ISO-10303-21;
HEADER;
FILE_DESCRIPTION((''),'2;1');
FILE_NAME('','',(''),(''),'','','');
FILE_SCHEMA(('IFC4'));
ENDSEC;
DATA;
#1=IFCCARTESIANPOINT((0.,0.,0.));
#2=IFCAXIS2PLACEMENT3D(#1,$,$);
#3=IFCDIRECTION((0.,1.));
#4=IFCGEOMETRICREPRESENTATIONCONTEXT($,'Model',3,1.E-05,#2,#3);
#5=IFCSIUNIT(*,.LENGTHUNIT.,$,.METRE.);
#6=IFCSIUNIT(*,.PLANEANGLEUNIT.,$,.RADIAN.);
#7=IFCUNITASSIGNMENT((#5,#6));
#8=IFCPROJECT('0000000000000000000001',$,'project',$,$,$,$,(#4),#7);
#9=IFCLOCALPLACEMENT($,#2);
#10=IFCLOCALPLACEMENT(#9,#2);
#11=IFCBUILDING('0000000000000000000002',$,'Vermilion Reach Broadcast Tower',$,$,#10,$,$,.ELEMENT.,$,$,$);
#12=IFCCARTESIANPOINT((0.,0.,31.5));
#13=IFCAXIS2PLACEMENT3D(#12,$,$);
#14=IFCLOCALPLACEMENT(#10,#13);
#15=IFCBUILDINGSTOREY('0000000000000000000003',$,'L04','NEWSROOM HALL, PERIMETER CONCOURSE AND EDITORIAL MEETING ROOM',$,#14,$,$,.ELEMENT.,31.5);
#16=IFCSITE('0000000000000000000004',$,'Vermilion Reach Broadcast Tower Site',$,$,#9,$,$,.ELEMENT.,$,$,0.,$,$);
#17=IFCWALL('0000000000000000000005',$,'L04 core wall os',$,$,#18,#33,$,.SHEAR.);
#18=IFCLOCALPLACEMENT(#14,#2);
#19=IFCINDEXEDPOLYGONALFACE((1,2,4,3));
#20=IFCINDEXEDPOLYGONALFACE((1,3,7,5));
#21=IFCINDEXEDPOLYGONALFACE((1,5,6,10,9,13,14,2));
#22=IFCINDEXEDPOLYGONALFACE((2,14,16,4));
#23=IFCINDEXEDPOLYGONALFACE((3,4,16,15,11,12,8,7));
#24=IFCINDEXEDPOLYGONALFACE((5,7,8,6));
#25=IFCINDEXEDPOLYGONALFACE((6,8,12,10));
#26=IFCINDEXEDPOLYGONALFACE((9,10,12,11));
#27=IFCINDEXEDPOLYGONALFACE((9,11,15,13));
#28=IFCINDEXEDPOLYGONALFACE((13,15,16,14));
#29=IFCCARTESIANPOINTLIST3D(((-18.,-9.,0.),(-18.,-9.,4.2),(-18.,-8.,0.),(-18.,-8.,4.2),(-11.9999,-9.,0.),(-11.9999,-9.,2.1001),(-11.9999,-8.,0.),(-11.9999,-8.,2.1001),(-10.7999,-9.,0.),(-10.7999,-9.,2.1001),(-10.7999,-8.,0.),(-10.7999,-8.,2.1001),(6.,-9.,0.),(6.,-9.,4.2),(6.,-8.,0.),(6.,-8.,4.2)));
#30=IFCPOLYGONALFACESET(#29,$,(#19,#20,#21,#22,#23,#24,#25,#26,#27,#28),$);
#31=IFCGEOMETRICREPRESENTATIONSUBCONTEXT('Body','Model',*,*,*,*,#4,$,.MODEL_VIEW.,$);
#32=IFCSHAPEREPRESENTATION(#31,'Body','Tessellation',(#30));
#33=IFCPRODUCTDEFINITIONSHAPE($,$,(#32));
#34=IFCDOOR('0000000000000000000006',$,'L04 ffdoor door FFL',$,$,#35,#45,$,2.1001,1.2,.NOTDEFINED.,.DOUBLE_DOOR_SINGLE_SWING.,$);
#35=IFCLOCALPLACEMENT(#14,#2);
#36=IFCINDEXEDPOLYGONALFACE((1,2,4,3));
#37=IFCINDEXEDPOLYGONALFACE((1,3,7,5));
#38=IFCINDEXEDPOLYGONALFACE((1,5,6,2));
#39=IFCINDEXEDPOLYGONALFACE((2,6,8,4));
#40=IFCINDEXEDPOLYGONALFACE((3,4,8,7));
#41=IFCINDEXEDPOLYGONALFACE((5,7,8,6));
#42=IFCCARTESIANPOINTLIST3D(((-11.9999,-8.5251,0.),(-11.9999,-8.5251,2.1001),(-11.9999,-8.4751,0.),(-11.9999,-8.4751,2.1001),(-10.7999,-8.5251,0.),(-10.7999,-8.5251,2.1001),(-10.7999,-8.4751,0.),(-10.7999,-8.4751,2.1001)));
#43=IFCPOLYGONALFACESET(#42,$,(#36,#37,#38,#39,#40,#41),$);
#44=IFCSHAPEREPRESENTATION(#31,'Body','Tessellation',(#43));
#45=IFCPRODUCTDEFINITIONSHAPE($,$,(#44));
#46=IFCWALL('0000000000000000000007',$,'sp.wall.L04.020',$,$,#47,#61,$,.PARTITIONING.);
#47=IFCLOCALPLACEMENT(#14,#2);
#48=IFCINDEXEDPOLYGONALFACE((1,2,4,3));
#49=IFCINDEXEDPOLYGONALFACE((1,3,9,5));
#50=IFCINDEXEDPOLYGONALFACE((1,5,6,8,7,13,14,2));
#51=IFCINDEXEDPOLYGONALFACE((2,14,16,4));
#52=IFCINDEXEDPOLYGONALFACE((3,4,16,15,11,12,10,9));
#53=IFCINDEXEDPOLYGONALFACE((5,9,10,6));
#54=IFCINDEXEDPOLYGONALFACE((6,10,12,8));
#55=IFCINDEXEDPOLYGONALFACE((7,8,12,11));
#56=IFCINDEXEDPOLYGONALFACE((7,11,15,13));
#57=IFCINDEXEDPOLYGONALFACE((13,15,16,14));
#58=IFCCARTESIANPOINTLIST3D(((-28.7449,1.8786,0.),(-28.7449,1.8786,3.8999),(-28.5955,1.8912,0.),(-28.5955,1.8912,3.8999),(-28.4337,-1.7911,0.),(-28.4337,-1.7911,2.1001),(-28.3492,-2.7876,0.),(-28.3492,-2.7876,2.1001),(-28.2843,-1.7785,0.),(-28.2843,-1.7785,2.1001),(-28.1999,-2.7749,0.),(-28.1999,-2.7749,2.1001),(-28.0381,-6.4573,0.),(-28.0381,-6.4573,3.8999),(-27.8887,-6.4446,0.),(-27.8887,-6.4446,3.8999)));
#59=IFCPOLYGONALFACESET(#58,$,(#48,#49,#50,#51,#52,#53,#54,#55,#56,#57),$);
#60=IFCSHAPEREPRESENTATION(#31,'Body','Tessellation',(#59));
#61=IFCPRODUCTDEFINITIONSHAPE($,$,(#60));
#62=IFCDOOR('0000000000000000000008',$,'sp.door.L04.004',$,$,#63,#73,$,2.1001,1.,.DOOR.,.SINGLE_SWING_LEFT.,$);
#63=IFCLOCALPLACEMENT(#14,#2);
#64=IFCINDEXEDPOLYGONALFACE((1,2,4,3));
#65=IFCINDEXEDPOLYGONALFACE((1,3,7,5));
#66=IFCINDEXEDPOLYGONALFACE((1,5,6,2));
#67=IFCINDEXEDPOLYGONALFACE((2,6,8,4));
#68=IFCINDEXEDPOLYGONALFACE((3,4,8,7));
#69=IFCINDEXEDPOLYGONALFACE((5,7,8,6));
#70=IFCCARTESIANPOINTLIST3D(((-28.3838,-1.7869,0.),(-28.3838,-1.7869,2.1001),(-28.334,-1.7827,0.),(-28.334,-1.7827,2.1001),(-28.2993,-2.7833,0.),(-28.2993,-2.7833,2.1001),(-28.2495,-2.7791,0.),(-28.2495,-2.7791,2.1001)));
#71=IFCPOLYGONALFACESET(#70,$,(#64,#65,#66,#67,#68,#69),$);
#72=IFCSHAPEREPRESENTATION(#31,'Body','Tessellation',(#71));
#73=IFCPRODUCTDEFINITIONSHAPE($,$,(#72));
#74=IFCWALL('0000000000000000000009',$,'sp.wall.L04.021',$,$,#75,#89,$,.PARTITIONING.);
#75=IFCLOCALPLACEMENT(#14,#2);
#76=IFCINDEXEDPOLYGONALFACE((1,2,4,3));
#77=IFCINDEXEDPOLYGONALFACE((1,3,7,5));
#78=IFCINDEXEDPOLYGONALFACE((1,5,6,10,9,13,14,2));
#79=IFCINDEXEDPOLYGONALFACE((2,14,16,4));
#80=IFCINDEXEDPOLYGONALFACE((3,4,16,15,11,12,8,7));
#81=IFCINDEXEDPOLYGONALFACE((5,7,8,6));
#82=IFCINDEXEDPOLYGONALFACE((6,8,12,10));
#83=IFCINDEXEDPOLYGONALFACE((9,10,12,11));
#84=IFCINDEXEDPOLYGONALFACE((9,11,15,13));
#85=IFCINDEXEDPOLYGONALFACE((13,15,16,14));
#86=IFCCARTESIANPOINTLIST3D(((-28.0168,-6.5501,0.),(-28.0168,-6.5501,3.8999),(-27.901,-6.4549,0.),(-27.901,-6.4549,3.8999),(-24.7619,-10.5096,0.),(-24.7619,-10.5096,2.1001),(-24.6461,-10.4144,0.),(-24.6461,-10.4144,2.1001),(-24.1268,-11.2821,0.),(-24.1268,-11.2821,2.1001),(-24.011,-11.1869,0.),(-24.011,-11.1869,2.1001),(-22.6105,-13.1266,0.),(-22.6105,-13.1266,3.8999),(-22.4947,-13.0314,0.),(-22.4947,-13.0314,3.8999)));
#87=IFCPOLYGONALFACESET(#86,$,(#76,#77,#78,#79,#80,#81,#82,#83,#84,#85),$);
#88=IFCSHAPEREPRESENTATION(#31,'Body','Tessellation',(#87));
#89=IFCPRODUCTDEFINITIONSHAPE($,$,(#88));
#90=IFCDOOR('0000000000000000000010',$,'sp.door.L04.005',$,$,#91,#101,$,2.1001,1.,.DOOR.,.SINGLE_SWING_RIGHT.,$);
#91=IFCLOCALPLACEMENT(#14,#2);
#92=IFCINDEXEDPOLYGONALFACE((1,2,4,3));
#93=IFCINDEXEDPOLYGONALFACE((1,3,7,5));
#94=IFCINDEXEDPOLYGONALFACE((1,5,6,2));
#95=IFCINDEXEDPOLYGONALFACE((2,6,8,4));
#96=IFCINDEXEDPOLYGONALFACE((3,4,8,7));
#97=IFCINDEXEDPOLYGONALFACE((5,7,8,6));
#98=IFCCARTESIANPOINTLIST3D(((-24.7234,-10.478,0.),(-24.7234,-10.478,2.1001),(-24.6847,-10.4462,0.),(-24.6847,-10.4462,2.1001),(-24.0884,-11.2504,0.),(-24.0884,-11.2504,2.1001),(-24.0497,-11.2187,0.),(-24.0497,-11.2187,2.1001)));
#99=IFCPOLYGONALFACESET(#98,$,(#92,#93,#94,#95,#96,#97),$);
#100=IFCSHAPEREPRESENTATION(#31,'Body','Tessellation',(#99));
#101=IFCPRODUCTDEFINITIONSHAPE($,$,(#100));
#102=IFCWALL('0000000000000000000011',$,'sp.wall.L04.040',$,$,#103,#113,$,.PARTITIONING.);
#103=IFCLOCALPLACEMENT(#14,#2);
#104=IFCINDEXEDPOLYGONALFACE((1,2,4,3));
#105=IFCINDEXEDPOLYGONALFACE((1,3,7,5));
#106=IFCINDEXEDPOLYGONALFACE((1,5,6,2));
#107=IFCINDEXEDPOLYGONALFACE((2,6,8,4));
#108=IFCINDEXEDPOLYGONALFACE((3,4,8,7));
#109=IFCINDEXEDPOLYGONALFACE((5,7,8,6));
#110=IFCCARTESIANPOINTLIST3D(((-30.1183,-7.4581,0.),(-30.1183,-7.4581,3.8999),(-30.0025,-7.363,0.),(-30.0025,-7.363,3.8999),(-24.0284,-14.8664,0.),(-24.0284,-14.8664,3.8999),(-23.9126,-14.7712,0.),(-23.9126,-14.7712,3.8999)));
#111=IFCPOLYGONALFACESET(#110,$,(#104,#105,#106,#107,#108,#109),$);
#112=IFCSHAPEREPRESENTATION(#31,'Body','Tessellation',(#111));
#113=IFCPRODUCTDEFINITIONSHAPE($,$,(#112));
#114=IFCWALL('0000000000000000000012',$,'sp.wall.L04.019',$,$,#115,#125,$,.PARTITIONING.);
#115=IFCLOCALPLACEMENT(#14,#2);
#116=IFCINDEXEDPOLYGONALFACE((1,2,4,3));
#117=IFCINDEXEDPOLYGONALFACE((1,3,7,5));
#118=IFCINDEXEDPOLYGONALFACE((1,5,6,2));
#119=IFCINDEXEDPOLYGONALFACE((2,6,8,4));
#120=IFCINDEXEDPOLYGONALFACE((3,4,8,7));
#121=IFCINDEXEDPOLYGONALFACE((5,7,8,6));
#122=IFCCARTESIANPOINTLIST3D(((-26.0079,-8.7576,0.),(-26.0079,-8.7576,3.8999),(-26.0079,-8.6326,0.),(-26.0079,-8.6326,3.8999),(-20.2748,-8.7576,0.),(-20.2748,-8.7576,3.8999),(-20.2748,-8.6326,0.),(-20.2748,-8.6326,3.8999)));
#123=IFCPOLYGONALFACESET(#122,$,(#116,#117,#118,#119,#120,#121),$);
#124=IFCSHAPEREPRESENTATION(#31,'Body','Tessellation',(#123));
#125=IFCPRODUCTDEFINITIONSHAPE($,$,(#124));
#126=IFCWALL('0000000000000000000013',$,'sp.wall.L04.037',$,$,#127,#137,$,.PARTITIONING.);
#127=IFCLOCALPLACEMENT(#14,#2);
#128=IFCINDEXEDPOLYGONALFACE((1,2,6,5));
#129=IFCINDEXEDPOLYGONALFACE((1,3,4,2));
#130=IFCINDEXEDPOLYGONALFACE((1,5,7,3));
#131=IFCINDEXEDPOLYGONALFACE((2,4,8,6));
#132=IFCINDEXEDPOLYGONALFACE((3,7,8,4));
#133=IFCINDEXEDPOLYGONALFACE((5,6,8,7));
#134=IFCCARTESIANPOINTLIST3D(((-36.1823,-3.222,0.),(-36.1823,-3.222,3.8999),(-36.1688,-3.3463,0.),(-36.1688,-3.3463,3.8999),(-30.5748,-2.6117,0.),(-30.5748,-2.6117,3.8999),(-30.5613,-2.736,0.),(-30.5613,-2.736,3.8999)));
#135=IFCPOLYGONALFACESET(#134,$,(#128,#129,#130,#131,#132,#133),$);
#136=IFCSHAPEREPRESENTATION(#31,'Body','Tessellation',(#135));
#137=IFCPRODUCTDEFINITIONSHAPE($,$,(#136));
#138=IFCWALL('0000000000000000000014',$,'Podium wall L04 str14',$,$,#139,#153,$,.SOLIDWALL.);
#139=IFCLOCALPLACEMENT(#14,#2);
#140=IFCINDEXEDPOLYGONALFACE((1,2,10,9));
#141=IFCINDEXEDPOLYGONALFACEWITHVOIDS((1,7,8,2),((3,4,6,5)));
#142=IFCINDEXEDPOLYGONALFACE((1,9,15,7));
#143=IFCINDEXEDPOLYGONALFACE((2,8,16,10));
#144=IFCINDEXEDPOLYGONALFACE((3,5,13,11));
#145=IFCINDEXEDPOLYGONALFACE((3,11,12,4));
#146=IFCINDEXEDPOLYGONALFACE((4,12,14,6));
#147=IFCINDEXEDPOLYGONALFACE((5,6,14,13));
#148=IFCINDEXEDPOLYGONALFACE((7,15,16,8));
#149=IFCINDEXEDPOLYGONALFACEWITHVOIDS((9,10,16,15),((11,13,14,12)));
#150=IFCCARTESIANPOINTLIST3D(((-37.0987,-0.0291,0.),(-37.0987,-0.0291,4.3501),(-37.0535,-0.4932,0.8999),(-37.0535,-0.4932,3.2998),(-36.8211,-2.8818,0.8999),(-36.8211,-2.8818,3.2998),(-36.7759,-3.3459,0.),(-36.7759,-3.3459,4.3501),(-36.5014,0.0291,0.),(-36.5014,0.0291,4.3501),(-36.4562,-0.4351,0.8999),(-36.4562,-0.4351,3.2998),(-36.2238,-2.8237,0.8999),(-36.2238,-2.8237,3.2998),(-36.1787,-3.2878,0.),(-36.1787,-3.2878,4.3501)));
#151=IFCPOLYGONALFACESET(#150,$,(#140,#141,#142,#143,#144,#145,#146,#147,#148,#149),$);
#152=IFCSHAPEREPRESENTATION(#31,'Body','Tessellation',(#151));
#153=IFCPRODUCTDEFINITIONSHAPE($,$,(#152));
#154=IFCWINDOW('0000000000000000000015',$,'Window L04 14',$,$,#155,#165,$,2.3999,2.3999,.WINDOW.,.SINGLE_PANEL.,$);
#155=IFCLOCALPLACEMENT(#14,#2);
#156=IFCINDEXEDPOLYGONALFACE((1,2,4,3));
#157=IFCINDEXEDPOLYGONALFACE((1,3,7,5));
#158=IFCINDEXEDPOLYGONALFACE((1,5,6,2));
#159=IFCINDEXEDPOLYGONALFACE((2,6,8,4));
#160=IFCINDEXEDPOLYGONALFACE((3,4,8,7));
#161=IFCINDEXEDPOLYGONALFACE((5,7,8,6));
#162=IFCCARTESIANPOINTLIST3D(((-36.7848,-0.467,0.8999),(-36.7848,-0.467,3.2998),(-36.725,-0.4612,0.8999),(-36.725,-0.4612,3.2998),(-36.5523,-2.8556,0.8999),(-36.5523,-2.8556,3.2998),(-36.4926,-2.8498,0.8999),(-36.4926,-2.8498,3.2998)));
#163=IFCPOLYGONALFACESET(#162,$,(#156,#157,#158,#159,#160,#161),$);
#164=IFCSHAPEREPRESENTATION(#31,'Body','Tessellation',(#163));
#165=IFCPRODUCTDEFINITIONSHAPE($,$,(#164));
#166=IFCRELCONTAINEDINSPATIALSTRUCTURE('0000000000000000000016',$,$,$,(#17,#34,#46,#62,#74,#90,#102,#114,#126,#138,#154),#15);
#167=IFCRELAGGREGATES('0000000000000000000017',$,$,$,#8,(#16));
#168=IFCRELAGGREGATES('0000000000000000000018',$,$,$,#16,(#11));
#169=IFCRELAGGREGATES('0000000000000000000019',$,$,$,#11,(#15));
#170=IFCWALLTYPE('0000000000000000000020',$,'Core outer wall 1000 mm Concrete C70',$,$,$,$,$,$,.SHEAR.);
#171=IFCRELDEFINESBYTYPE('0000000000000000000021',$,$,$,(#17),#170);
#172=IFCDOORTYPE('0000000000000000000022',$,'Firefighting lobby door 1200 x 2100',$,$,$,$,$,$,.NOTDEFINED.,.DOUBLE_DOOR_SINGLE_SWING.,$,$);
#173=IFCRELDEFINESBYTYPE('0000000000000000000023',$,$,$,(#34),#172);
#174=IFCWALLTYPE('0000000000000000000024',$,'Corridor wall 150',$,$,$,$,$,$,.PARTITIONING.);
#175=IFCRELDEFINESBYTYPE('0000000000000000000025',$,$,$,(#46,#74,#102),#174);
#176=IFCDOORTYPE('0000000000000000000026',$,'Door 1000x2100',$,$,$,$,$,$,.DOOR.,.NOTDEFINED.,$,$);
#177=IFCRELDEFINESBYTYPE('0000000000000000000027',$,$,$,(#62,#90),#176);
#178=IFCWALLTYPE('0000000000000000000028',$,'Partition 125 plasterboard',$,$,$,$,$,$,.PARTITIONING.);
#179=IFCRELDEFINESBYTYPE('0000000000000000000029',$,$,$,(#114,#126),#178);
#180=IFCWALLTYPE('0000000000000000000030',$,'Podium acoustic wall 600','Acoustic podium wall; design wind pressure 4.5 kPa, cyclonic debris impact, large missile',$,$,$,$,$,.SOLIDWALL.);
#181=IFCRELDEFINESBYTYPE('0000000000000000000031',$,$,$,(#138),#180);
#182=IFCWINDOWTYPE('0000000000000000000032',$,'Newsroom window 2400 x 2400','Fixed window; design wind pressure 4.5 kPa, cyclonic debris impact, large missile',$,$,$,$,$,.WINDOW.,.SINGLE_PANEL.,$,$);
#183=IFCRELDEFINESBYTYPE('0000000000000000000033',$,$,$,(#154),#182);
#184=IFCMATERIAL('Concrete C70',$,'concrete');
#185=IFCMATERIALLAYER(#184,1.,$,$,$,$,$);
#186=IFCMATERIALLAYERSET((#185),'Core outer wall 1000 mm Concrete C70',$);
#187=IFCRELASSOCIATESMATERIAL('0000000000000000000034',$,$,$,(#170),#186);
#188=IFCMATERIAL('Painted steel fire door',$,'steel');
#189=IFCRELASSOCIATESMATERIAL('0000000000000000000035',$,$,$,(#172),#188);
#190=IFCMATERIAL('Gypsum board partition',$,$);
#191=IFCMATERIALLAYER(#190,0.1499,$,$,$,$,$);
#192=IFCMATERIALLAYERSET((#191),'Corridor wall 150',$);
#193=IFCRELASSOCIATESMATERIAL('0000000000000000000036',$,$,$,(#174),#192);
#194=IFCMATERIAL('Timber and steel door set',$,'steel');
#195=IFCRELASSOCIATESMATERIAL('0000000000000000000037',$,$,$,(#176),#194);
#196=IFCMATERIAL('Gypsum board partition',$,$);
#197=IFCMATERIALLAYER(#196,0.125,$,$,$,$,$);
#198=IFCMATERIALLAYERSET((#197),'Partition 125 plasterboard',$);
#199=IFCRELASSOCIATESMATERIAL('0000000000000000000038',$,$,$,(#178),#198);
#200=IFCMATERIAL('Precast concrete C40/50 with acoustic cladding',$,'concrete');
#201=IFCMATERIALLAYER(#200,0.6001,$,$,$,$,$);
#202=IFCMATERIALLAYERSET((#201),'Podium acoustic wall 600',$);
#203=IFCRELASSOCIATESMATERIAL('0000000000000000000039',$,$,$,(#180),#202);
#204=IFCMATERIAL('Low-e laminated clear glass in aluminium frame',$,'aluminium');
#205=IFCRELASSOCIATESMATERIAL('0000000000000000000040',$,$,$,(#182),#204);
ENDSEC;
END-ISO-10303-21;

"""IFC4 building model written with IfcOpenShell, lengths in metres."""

from ifc_helpers import new_model, si_unit, direction, frame, frame_2d, origin, place, context, subcontext, project, spatial, rectangle, extrude, material, layer, layer_set, type_object, element, fill, save


model = new_model("IFC4")

# Units and contexts
model_context = context("Model", 3, precision=1e-05, world=origin(), true_north=direction((0.0, 1.0)))
body_context = subcontext(model_context, "Body", "Model", "MODEL_VIEW")
ifc_project = project(units=[si_unit("LENGTHUNIT", "METRE"), si_unit("PLANEANGLEUNIT", "RADIAN")], contexts=[model_context])

# Site, building, storey
site_placement = place(None, origin())
site = spatial("IfcSite", under=ifc_project, at=site_placement, Name="Vermilion Reach Broadcast Tower Site", CompositionType="ELEMENT", RefElevation=0.0)
building_placement = place(site_placement, origin())
building = spatial("IfcBuilding", under=site, at=building_placement, Name="Vermilion Reach Broadcast Tower", CompositionType="ELEMENT")
storey_placement = place(building_placement, frame((0.0, 0.0, 31.5)))
storey = spatial("IfcBuildingStorey", under=building, at=storey_placement, Name="L04", Description="NEWSROOM HALL, PERIMETER CONCOURSE AND EDITORIAL MEETING ROOM", CompositionType="ELEMENT", Elevation=31.5)

# Walls, openings, doors
ifc_material_1 = material(Name="Concrete C70", Category="concrete")
ifc_layer_1 = layer(ifc_material_1, 1.0)
ifc_layer_set_1 = layer_set([ifc_layer_1], Name="Core outer wall 1000 mm Concrete C70")
wall_type_1 = type_object("IfcWallType", Name="Core outer wall 1000 mm Concrete C70", PredefinedType="SHEAR", material=ifc_layer_set_1)
wall_1_placement = place(storey_placement, frame((-18.0, -8.5, 0.0), z_axis=(0.0, 0.0, 1.0), x_axis=(1.0, 0.0, 0.0)))
wall_1 = element("IfcWall", 1, at=wall_1_placement, inside=storey, type_object=wall_type_1, Name="L04 core wall os", PredefinedType="SHEAR", context=body_context, shape_type="SweptSolid", body=[
    extrude(rectangle(XDim=24.0, YDim=1.0, at=frame_2d((12.0, 0.0))), origin(), (0.0, 0.0, 1.0), 4.2),
])
opening_1_placement = place(wall_1_placement, frame((6.0, 0.0, 0.0)))
opening_1 = element("IfcOpeningElement", 2, at=opening_1_placement, cuts=wall_1, PredefinedType="OPENING", context=body_context, shape_type="SweptSolid", body=[
    extrude(rectangle(XDim=1.2, YDim=2.1001, at=frame_2d((0.6001, 1.05))), frame((0.0, 0.51, 0.0), z_axis=(0.0, -1.0, 0.0), x_axis=(1.0, 0.0, 0.0)), (0.0, 0.0, 1.0), 1.02),
])
ifc_material_2 = material(Name="Painted steel fire door", Category="steel")
door_type_1 = type_object("IfcDoorType", Name="Firefighting lobby door 1200 x 2100", OperationType="DOUBLE_DOOR_SINGLE_SWING", PredefinedType="NOTDEFINED", material=ifc_material_2)
door_1_placement = place(opening_1_placement, origin())
door_1 = element("IfcDoor", 3, at=door_1_placement, inside=storey, type_object=door_type_1, Name="L04 ffdoor door FFL", OperationType="DOUBLE_DOOR_SINGLE_SWING", OverallHeight=2.1001, OverallWidth=1.2, PredefinedType="NOTDEFINED", context=body_context, shape_type="SweptSolid", body=[
    extrude(rectangle(XDim=1.2, YDim=2.1001, at=frame_2d((0.6001, 1.05))), frame((0.0, 0.0249, 0.0), z_axis=(0.0, -1.0, 0.0), x_axis=(1.0, 0.0, 0.0)), (0.0, 0.0, 1.0), 0.05),
])
fill(opening_1, door_1)
ifc_material_3 = material(Name="Gypsum board partition")
ifc_layer_2 = layer(ifc_material_3, 0.1499)
ifc_layer_set_2 = layer_set([ifc_layer_2], Name="Corridor wall 150")
wall_type_2 = type_object("IfcWallType", Name="Corridor wall 150", PredefinedType="PARTITIONING", material=ifc_layer_set_2)
wall_2_placement = place(storey_placement, frame((-27.9634, -6.4509, 0.0), z_axis=(0.0, 0.0, 1.0), x_axis=(-0.084487, 0.996425, 0.0)))
wall_2 = element("IfcWall", 4, at=wall_2_placement, inside=storey, type_object=wall_type_2, Name="sp.wall.L04.020", PredefinedType="PARTITIONING", context=body_context, shape_type="SweptSolid", body=[
    extrude(rectangle(XDim=8.3657, YDim=0.1499, at=frame_2d((4.1829, 0.0))), origin(), (0.0, 0.0, 1.0), 3.8999),
])
opening_2_placement = place(wall_2_placement, frame((3.6829, 0.0, 0.0)))
opening_2 = element("IfcOpeningElement", 5, at=opening_2_placement, cuts=wall_2, PredefinedType="OPENING", context=body_context, shape_type="SweptSolid", body=[
    extrude(rectangle(XDim=1.0, YDim=2.1001, at=frame_2d((0.5, 1.05))), frame((0.0, 0.085, 0.0), z_axis=(0.0, -1.0, 0.0), x_axis=(1.0, 0.0, 0.0)), (0.0, 0.0, 1.0), 0.1699),
])
ifc_material_4 = material(Name="Timber and steel door set", Category="steel")
door_type_2 = type_object("IfcDoorType", Name="Door 1000x2100", OperationType="NOTDEFINED", PredefinedType="DOOR", material=ifc_material_4)
door_2_placement = place(opening_2_placement, origin())
door_2 = element("IfcDoor", 6, at=door_2_placement, inside=storey, type_object=door_type_2, Name="sp.door.L04.004", OperationType="SINGLE_SWING_LEFT", OverallHeight=2.1001, OverallWidth=1.0, PredefinedType="DOOR", context=body_context, shape_type="SweptSolid", body=[
    extrude(rectangle(XDim=1.0, YDim=2.1001, at=frame_2d((0.5, 1.05))), frame((0.0, 0.0249, 0.0), z_axis=(0.0, -1.0, 0.0), x_axis=(1.0, 0.0, 0.0)), (0.0, 0.0, 1.0), 0.05),
])
fill(opening_2, door_2)
wall_3_placement = place(storey_placement, frame((-27.959, -6.5024, 0.0), z_axis=(0.0, 0.0, 1.0), x_axis=(0.635034, -0.772485, 0.0)))
wall_3 = element("IfcWall", 7, at=wall_3_placement, inside=storey, type_object=wall_type_2, Name="sp.wall.L04.021", PredefinedType="PARTITIONING", context=body_context, shape_type="SweptSolid", body=[
    extrude(rectangle(XDim=8.5134, YDim=0.1499, at=frame_2d((4.2568, 0.0))), origin(), (0.0, 0.0, 1.0), 3.8999),
])
opening_3_placement = place(wall_3_placement, frame((5.1257, 0.0, 0.0)))
opening_3 = element("IfcOpeningElement", 8, at=opening_3_placement, cuts=wall_3, PredefinedType="OPENING", context=body_context, shape_type="SweptSolid", body=[
    extrude(rectangle(XDim=1.0, YDim=2.1001, at=frame_2d((0.5, 1.05))), frame((0.0, 0.085, 0.0), z_axis=(0.0, -1.0, 0.0), x_axis=(1.0, 0.0, 0.0)), (0.0, 0.0, 1.0), 0.1699),
])
door_3_placement = place(opening_3_placement, origin())
door_3 = element("IfcDoor", 9, at=door_3_placement, inside=storey, type_object=door_type_2, Name="sp.door.L04.005", OperationType="SINGLE_SWING_RIGHT", OverallHeight=2.1001, OverallWidth=1.0, PredefinedType="DOOR", context=body_context, shape_type="SweptSolid", body=[
    extrude(rectangle(XDim=1.0, YDim=2.1001, at=frame_2d((0.5, 1.05))), frame((0.0, 0.0249, 0.0), z_axis=(0.0, -1.0, 0.0), x_axis=(1.0, 0.0, 0.0)), (0.0, 0.0, 1.0), 0.05),
])
fill(opening_3, door_3)

# Walls
wall_4_placement = place(storey_placement, frame((-30.0603, -7.4106, 0.0), z_axis=(0.0, 0.0, 1.0), x_axis=(0.635022, -0.772494, 0.0)))
element("IfcWall", 10, at=wall_4_placement, inside=storey, type_object=wall_type_2, Name="sp.wall.L04.040", PredefinedType="PARTITIONING", context=body_context, shape_type="SweptSolid", body=[
    extrude(rectangle(XDim=9.5901, YDim=0.1499, at=frame_2d((4.7949, 0.0))), origin(), (0.0, 0.0, 1.0), 3.8999),
])
ifc_material_5 = material(Name="Gypsum board partition")
ifc_layer_3 = layer(ifc_material_5, 0.125)
ifc_layer_set_3 = layer_set([ifc_layer_3], Name="Partition 125 plasterboard")
wall_type_3 = type_object("IfcWallType", Name="Partition 125 plasterboard", PredefinedType="PARTITIONING", material=ifc_layer_set_3)
wall_5_placement = place(storey_placement, frame((-26.0081, -8.6951, 0.0), z_axis=(0.0, 0.0, 1.0), x_axis=(1.0, 0.0, 0.0)))
element("IfcWall", 11, at=wall_5_placement, inside=storey, type_object=wall_type_3, Name="sp.wall.L04.019", PredefinedType="PARTITIONING", context=body_context, shape_type="SweptSolid", body=[
    extrude(rectangle(XDim=5.7332, YDim=0.125, at=frame_2d((2.8667, 0.0))), origin(), (0.0, 0.0, 1.0), 3.8999),
])
wall_6_placement = place(storey_placement, frame((-36.1755, -3.2842, 0.0), z_axis=(0.0, 0.0, 1.0), x_axis=(0.994128, 0.108208, 0.0)))
element("IfcWall", 12, at=wall_6_placement, inside=storey, type_object=wall_type_3, Name="sp.wall.L04.037", PredefinedType="PARTITIONING", context=body_context, shape_type="SweptSolid", body=[
    extrude(rectangle(XDim=5.6406, YDim=0.125, at=frame_2d((2.8203, 0.0))), origin(), (0.0, 0.0, 1.0), 3.8999),
])

# Wall, opening, window
ifc_material_6 = material(Name="Precast concrete C40/50 with acoustic cladding", Category="concrete")
ifc_layer_4 = layer(ifc_material_6, 0.6001)
ifc_layer_set_4 = layer_set([ifc_layer_4], Name="Podium acoustic wall 600")
wall_type_4 = type_object("IfcWallType", Name="Podium acoustic wall 600", Description="Acoustic podium wall; design wind pressure 4.5 kPa, cyclonic debris impact, large missile", PredefinedType="SOLIDWALL", material=ifc_layer_set_4)
wall_7_placement = place(storey_placement, frame((-36.8, 0.0, 0.0), z_axis=(0.0, 0.0, 1.0), x_axis=(0.096849, -0.995299, 0.0)))
wall_7 = element("IfcWall", 13, at=wall_7_placement, inside=storey, type_object=wall_type_4, Name="Podium wall L04 str14", PredefinedType="SOLIDWALL", context=body_context, shape_type="SweptSolid", body=[
    extrude(rectangle(XDim=3.3325, YDim=0.6001, at=frame_2d((1.6663, 0.0))), origin(), (0.0, 0.0, 1.0), 4.3501),
])
opening_4_placement = place(wall_7_placement, frame((0.4663, 0.0, 0.8999)))
opening_4 = element("IfcOpeningElement", 14, at=opening_4_placement, cuts=wall_7, PredefinedType="OPENING", context=body_context, shape_type="SweptSolid", body=[
    extrude(rectangle(XDim=2.3999, YDim=2.3999, at=frame_2d((1.2, 1.2))), frame((0.0, 0.3101, 0.0), z_axis=(0.0, -1.0, 0.0), x_axis=(1.0, 0.0, 0.0)), (0.0, 0.0, 1.0), 0.6201),
])
ifc_material_7 = material(Name="Low-e laminated clear glass in aluminium frame", Category="aluminium")
window_type = type_object("IfcWindowType", Name="Newsroom window 2400 x 2400", Description="Fixed window; design wind pressure 4.5 kPa, cyclonic debris impact, large missile", PartitioningType="SINGLE_PANEL", PredefinedType="WINDOW", material=ifc_material_7)
window_1_placement = place(opening_4_placement, origin())
window_1 = element("IfcWindow", 15, at=window_1_placement, inside=storey, type_object=window_type, Name="Window L04 14", OverallHeight=2.3999, OverallWidth=2.3999, PartitioningType="SINGLE_PANEL", PredefinedType="WINDOW", context=body_context, shape_type="SweptSolid", body=[
    extrude(rectangle(XDim=2.3999, YDim=2.3999, at=frame_2d((1.2, 1.2))), frame((0.0, 0.03, 0.0), z_axis=(0.0, -1.0, 0.0), x_axis=(1.0, 0.0, 0.0)), (0.0, 0.0, 1.0), 0.0601),
])
fill(opening_4, window_1)

save(model, "model.ifc")
